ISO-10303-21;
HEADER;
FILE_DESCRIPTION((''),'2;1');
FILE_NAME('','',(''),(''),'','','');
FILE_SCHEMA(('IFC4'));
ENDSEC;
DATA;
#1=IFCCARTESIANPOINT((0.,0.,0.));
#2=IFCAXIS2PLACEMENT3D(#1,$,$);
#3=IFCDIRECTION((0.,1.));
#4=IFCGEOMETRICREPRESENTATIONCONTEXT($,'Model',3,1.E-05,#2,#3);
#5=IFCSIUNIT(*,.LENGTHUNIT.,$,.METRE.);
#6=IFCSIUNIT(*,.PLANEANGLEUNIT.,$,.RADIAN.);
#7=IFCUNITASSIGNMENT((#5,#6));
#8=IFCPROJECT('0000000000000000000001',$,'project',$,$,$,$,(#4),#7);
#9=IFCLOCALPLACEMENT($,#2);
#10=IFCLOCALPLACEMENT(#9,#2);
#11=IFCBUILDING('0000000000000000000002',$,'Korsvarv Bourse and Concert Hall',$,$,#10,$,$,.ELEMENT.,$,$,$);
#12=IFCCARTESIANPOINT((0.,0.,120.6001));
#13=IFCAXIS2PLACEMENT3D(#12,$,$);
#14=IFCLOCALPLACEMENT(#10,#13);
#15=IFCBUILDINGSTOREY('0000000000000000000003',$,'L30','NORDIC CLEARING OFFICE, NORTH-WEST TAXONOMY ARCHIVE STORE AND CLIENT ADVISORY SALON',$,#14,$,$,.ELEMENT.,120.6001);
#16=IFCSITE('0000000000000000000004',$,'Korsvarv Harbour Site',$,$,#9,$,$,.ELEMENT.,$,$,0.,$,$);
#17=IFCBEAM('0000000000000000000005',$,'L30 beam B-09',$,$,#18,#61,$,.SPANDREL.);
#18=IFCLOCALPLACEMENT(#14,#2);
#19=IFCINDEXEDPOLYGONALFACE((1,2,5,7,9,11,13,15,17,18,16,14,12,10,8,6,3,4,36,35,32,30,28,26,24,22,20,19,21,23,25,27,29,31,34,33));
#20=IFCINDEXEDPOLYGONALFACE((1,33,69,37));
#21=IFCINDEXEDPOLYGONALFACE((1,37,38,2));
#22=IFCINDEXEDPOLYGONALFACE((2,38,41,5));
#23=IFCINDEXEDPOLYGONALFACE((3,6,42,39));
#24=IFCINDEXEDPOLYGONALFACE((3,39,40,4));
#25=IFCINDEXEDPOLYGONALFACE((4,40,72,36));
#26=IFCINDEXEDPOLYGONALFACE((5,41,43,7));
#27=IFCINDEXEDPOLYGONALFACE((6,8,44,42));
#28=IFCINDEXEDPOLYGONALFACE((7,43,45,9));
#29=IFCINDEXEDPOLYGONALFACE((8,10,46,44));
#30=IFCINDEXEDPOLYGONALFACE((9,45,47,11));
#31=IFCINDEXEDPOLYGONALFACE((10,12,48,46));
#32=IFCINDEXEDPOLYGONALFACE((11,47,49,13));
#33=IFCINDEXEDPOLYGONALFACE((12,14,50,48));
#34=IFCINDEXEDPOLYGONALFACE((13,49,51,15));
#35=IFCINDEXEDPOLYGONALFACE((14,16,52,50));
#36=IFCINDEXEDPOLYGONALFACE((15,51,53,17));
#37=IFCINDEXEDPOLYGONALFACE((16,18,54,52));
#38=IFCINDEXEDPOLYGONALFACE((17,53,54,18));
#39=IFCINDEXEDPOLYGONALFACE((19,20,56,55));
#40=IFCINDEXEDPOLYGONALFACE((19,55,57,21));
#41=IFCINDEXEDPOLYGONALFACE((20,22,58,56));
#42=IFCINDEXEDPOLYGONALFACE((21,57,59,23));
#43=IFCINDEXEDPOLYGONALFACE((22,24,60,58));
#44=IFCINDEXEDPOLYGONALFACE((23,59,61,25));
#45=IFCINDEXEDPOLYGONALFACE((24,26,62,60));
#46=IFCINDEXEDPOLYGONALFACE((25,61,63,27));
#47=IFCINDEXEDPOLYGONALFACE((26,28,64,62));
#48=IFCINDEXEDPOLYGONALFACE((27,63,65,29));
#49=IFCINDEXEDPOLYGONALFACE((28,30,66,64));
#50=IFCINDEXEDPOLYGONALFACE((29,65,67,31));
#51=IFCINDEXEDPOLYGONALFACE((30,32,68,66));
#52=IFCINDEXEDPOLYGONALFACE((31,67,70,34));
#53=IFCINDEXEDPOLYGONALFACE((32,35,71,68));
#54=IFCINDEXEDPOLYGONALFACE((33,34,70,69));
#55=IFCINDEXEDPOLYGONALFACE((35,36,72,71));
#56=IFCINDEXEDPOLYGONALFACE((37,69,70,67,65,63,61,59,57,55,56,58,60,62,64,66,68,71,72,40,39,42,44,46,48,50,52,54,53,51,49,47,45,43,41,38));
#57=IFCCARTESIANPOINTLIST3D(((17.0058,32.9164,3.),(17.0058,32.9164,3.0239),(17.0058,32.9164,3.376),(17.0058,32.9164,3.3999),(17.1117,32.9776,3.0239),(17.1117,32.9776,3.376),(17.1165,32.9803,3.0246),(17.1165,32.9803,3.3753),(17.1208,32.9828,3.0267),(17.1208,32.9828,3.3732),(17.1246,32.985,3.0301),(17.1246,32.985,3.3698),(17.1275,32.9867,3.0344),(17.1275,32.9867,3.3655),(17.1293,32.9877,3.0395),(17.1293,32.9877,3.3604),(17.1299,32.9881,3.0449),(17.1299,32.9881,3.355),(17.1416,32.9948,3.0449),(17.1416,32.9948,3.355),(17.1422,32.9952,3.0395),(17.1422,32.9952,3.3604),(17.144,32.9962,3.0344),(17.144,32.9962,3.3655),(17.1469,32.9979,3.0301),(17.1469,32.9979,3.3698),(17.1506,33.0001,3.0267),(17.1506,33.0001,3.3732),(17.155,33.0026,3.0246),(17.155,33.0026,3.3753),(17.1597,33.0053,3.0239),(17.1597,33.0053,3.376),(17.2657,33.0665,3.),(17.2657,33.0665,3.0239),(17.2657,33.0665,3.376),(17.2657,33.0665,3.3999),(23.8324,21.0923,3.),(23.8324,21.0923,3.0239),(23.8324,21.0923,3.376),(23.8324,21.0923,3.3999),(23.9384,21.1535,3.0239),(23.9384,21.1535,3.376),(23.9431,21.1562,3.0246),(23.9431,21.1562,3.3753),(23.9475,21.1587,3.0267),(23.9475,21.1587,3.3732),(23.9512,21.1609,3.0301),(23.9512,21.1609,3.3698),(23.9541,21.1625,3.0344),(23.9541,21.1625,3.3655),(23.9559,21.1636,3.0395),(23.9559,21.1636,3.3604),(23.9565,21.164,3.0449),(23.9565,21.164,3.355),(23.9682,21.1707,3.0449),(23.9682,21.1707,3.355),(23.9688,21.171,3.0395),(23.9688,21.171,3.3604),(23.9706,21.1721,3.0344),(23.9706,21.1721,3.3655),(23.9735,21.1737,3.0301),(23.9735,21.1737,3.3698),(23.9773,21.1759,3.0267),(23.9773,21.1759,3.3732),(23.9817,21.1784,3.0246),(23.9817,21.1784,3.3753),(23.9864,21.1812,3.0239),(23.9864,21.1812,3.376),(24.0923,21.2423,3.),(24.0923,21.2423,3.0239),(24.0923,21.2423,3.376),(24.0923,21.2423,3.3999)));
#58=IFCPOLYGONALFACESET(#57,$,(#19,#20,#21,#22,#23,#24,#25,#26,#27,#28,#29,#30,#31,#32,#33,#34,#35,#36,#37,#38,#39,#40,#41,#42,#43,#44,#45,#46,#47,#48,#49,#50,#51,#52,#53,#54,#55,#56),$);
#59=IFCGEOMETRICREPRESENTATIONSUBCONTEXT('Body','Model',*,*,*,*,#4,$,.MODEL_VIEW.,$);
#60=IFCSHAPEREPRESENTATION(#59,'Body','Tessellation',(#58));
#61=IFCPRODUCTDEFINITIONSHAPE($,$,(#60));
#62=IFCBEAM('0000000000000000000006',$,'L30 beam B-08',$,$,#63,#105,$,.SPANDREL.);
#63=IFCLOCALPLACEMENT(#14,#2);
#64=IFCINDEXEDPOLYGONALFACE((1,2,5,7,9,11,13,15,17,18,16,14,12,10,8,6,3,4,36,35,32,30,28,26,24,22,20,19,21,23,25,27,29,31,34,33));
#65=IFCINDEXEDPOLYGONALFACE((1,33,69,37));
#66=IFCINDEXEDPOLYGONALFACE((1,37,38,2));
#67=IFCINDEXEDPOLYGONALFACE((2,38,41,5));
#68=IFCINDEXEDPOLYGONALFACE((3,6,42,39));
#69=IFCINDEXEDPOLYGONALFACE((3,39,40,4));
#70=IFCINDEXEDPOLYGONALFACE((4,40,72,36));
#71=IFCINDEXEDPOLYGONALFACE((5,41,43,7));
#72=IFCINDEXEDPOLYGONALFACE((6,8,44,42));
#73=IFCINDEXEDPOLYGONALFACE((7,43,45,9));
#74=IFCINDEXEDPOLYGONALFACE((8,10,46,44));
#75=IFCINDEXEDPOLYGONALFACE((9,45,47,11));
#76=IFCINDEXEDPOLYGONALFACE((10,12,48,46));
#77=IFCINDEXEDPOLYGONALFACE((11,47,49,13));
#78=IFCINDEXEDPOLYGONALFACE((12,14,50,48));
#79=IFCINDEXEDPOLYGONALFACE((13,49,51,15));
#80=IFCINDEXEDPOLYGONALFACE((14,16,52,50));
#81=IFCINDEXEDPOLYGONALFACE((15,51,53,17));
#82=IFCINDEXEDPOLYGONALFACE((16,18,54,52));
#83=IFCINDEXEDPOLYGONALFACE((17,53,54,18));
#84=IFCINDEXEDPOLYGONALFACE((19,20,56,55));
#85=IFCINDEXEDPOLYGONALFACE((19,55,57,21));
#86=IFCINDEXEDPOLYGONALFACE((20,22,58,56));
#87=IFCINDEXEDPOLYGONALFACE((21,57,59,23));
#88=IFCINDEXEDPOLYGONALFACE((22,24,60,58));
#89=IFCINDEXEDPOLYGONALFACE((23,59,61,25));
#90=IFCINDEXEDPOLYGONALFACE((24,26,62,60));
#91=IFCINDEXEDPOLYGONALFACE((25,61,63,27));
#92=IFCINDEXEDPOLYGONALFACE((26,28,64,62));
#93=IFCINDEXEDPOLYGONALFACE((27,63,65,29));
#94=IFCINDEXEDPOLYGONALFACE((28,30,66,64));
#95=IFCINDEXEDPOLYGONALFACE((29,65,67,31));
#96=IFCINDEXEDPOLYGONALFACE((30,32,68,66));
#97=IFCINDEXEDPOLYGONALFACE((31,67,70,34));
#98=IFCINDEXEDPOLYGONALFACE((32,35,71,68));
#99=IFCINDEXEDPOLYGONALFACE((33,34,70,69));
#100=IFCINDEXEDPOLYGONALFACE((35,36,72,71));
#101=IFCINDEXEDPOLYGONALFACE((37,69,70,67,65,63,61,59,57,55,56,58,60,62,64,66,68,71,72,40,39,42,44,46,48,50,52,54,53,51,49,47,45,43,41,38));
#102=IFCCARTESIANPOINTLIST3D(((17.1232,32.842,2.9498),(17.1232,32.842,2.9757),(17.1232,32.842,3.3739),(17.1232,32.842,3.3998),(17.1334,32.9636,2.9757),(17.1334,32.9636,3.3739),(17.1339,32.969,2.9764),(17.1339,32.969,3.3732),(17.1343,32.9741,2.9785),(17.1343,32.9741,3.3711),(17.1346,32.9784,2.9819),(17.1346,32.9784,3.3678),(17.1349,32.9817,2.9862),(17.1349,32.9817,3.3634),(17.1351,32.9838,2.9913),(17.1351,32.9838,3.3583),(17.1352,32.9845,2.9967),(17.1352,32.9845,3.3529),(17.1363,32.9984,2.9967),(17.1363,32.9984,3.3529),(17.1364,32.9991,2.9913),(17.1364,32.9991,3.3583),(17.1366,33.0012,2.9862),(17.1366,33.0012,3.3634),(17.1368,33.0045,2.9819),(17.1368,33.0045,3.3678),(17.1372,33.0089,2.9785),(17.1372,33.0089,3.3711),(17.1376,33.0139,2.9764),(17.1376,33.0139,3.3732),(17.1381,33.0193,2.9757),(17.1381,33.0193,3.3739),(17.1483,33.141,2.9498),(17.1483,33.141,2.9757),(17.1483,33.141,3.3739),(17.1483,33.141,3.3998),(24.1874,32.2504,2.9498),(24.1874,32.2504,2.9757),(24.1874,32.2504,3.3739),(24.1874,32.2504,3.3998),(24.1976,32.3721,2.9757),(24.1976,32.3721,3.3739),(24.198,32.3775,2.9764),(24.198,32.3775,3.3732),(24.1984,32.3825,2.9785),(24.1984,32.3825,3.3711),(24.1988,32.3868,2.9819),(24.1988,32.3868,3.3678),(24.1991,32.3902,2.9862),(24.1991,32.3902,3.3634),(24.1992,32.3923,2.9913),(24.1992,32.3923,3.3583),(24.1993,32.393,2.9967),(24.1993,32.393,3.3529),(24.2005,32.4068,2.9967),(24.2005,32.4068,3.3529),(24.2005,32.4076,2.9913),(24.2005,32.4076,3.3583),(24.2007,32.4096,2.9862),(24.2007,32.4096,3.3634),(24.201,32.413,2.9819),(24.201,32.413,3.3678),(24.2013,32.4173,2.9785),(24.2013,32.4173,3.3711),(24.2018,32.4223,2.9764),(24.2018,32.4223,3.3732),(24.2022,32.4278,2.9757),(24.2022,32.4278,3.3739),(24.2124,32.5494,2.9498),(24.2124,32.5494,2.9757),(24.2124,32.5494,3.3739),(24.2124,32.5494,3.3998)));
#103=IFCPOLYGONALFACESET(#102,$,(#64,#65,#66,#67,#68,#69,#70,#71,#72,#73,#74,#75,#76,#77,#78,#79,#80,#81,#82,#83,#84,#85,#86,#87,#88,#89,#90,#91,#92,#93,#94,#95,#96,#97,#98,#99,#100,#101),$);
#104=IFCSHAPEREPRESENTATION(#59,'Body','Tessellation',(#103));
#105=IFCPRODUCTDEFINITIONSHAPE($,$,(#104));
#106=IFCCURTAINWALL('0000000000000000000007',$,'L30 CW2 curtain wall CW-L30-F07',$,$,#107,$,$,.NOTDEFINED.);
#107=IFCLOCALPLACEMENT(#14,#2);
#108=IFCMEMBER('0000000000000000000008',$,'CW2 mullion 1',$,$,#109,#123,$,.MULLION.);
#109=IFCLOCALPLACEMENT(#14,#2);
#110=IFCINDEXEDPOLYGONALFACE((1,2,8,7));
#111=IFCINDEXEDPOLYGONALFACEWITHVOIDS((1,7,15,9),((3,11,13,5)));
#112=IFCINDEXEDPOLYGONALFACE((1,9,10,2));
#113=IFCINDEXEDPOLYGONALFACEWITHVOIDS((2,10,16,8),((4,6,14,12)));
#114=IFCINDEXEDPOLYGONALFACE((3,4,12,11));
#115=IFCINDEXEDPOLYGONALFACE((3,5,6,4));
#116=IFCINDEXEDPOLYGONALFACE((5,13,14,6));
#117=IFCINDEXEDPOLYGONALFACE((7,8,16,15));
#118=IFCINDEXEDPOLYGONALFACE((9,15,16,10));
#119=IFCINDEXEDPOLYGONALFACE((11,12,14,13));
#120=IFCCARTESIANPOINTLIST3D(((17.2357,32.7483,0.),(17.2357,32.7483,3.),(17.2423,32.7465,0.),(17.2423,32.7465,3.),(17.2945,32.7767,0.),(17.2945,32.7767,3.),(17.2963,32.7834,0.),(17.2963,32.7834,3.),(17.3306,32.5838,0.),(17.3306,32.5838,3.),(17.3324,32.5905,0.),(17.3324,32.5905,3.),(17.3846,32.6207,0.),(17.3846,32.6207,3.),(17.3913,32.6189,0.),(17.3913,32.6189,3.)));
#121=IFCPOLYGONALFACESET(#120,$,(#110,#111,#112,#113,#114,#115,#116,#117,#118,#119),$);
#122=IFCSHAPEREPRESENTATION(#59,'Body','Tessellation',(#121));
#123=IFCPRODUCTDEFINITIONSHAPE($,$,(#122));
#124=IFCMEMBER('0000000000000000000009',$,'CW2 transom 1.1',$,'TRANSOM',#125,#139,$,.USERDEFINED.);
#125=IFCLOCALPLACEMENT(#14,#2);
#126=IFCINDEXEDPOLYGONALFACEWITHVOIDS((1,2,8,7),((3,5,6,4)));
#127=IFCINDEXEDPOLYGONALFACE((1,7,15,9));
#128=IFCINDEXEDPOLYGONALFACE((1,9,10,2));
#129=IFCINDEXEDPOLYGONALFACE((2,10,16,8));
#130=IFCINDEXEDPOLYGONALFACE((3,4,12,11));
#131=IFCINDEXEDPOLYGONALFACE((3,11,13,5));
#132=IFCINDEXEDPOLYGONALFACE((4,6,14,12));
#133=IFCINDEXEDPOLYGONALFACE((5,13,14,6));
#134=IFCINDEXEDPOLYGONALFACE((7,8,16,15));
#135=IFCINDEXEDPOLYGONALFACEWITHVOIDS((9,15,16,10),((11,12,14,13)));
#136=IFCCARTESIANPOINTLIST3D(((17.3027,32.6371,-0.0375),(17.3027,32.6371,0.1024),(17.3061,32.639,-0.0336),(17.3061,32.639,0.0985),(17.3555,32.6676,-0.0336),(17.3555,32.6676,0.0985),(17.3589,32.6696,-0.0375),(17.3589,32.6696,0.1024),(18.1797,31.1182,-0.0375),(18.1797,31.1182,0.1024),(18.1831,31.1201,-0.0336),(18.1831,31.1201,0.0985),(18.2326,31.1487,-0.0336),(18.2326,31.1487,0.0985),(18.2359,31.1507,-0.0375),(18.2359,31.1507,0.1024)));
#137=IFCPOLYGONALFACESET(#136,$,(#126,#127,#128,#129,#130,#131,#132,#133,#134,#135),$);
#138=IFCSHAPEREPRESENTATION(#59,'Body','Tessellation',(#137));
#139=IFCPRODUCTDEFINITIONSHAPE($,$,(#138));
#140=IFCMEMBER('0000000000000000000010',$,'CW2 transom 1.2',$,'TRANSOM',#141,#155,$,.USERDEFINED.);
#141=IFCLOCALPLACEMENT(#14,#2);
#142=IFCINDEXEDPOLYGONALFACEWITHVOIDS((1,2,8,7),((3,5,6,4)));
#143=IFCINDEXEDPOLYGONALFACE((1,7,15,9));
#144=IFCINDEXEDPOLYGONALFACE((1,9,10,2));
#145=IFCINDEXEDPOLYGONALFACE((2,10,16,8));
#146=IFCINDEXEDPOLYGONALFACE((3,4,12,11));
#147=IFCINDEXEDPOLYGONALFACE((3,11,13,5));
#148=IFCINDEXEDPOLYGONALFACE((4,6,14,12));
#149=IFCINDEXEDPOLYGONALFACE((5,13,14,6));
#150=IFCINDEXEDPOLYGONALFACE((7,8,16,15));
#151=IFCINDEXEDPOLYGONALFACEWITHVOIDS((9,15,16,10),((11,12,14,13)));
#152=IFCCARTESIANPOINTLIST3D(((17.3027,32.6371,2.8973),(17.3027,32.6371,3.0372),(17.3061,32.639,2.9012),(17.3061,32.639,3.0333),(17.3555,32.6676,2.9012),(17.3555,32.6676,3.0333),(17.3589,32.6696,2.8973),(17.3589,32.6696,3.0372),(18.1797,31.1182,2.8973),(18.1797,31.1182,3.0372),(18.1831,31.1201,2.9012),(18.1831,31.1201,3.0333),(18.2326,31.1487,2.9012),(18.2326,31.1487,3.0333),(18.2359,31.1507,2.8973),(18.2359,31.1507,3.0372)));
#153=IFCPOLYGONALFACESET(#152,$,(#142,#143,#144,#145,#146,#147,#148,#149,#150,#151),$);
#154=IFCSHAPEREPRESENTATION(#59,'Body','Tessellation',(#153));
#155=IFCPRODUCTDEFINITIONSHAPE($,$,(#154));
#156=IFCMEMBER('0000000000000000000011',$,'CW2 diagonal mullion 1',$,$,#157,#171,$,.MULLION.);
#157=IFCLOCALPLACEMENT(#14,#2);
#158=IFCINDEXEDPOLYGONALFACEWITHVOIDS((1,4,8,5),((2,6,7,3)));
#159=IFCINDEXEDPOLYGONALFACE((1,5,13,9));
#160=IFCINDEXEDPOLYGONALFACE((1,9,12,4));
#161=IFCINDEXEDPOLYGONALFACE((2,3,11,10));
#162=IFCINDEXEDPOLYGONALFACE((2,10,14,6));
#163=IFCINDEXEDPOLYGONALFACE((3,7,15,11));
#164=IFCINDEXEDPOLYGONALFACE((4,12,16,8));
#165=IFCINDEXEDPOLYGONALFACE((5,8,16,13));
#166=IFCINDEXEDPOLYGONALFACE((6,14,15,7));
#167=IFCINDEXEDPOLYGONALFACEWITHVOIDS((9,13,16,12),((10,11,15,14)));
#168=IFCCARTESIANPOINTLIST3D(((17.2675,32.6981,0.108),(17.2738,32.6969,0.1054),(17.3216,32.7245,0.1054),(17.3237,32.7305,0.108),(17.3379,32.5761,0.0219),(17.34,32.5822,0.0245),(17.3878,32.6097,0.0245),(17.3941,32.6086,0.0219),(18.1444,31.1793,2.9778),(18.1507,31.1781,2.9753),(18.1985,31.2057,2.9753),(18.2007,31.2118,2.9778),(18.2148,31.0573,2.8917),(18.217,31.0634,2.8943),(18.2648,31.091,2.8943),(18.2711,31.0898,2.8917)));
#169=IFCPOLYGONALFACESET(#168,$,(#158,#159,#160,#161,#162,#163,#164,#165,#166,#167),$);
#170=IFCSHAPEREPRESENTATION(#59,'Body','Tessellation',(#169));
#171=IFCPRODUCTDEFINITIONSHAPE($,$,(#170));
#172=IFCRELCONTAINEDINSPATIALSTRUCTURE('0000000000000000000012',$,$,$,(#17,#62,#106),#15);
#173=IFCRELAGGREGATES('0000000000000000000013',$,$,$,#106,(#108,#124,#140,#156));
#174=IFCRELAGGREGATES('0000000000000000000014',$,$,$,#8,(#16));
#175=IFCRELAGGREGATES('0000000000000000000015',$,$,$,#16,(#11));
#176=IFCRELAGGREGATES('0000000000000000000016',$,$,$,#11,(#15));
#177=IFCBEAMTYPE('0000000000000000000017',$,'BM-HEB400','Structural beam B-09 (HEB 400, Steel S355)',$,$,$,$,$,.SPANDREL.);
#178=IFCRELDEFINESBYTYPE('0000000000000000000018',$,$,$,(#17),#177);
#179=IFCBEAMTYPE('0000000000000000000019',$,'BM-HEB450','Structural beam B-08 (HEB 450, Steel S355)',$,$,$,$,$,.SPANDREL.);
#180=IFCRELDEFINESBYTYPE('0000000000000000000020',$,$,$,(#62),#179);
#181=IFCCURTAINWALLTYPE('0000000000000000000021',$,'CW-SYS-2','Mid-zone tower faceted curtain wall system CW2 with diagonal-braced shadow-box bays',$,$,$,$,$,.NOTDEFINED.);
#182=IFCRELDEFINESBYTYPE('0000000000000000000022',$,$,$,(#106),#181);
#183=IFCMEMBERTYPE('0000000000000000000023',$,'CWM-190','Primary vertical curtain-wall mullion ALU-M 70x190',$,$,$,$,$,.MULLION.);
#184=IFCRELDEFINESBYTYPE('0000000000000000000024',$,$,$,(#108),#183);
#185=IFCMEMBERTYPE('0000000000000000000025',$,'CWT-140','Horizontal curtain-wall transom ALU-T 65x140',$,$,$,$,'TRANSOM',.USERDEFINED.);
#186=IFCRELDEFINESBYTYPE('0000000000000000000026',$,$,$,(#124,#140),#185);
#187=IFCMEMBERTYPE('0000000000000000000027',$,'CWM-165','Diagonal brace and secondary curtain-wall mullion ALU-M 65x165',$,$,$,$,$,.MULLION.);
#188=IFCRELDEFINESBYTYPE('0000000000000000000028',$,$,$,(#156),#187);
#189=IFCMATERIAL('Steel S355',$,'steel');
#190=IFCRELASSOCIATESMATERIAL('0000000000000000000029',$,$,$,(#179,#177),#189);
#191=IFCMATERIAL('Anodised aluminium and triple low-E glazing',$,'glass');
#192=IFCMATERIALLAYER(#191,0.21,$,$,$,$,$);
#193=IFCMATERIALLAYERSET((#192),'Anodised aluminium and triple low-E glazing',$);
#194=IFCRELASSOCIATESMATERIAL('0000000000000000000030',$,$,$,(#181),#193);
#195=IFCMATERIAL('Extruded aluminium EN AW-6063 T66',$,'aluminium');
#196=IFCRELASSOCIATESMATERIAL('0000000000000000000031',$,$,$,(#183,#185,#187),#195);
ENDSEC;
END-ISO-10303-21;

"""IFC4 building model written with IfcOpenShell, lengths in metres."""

from ifc_helpers import new_model, si_unit, direction, frame, origin, origin_2d, place, context, subcontext, project, spatial, hollow_rectangle, i_section, extrude, source, transform, mapped, material, layer, layer_set, material_profile, profile_set, type_object, element, aggregate, save


model = new_model("IFC4")

# Units and contexts
model_context = context("Model", 3, precision=1e-05, world=origin(), true_north=direction((0.0, 1.0)))
body_context = subcontext(model_context, "Body", "Model", "MODEL_VIEW")
ifc_project = project(units=[si_unit("LENGTHUNIT", "METRE"), si_unit("PLANEANGLEUNIT", "RADIAN")], contexts=[model_context])

# Site, building, storey
site_placement = place(None, origin())
site = spatial("IfcSite", under=ifc_project, at=site_placement, Name="Korsvarv Harbour Site", CompositionType="ELEMENT", RefElevation=0.0)
building_placement = place(site_placement, origin())
building = spatial("IfcBuilding", under=site, at=building_placement, Name="Korsvarv Bourse and Concert Hall", CompositionType="ELEMENT")
storey_placement = place(building_placement, frame((0.0, 0.0, 120.6001)))
storey = spatial("IfcBuildingStorey", under=building, at=storey_placement, Name="L30", Description="NORDIC CLEARING OFFICE, NORTH-WEST TAXONOMY ARCHIVE STORE AND CLIENT ADVISORY SALON", CompositionType="ELEMENT", Elevation=120.6001)

# Beams
ifc_material_1 = material(Name="Steel S355", Category="steel")
ifc_material_profile_1 = material_profile(ifc_material_1, i_section(OverallWidth=0.3, OverallDepth=0.45, WebThickness=0.0139, FlangeThickness=0.0259, FilletRadius=0.021, at=origin_2d()), Name="HEB 450")
ifc_profile_set_1 = profile_set([ifc_material_profile_1], Name="Steel S355")
beam_type_1 = type_object("IfcBeamType", Name="BM-HEB450", Description="Structural beam B-08 (HEB 450, Steel S355)", PredefinedType="SPANDREL", material=ifc_profile_set_1)
ifc_material_profile_2 = material_profile(ifc_material_1, i_section(OverallWidth=0.3, OverallDepth=0.3999, WebThickness=0.0134, FlangeThickness=0.0239, FilletRadius=0.021, at=origin_2d()), Name="HEB 400")
ifc_profile_set_2 = profile_set([ifc_material_profile_2], Name="Steel S355")
beam_type_2 = type_object("IfcBeamType", Name="BM-HEB400", Description="Structural beam B-09 (HEB 400, Steel S355)", PredefinedType="SPANDREL", material=ifc_profile_set_2)
shared_shape_1 = source(origin(), body_context, "Body", "SweptSolid", [
    extrude(i_section(OverallWidth=0.3, OverallDepth=0.3999, WebThickness=0.0134, FlangeThickness=0.0239, FilletRadius=0.021, at=origin_2d()), origin(), (0.0, 0.0, 1.0), 13.6533),
])
beam_1_placement = place(storey_placement, frame((17.1357, 32.9915, 3.2), z_axis=(0.499997, -0.866027, 0.0), x_axis=(0.866027, 0.499997, 0.0)))
element("IfcBeam", 1, at=beam_1_placement, inside=storey, type_object=beam_type_2, Name="L30 beam B-09", PredefinedType="SPANDREL", context=body_context, shape_type="MappedRepresentation", body=[
    mapped(shared_shape_1, transform((0.0, 0.0, 0.0), scale=1.0)),
])
shared_shape_2 = source(origin(), body_context, "Body", "SweptSolid", [
    extrude(i_section(OverallWidth=0.3, OverallDepth=0.45, WebThickness=0.0139, FlangeThickness=0.0259, FilletRadius=0.021, at=origin_2d()), origin(), (0.0, 0.0, 1.0), 7.0889),
])
beam_2_placement = place(storey_placement, frame((17.1357, 32.9915, 3.1748), z_axis=(0.996512, -0.083447, 0.0), x_axis=(0.083447, 0.996512, 0.0)))
element("IfcBeam", 2, at=beam_2_placement, inside=storey, type_object=beam_type_1, Name="L30 beam B-08", PredefinedType="SPANDREL", context=body_context, shape_type="MappedRepresentation", body=[
    mapped(shared_shape_2, transform((0.0, 0.0, 0.0), scale=1.0)),
])

# Curtain wall, members
ifc_material_2 = material(Name="Anodised aluminium and triple low-E glazing", Category="glass")
ifc_layer_1 = layer(ifc_material_2, 0.21)
ifc_layer_set_1 = layer_set([ifc_layer_1], Name="Anodised aluminium and triple low-E glazing")
curtain_wall_type = type_object("IfcCurtainWallType", Name="CW-SYS-2", Description="Mid-zone tower faceted curtain wall system CW2 with diagonal-braced shadow-box bays", PredefinedType="NOTDEFINED", material=ifc_layer_set_1)
curtain_wall_placement = place(storey_placement, origin())
curtain_wall = element("IfcCurtainWall", 3, at=curtain_wall_placement, inside=storey, type_object=curtain_wall_type, Name="L30 CW2 curtain wall CW-L30-F07", PredefinedType="NOTDEFINED")
ifc_material_3 = material(Name="Extruded aluminium EN AW-6063 T66", Category="aluminium")
ifc_material_profile_3 = material_profile(ifc_material_3, hollow_rectangle(XDim=0.0701, YDim=0.1899, WallThickness=0.0049, at=origin_2d()), Name="ALU-M 70x190")
ifc_profile_set_3 = profile_set([ifc_material_profile_3], Name="Extruded aluminium EN AW-6063 T66")
member_type_1 = type_object("IfcMemberType", Name="CWM-190", Description="Primary vertical curtain-wall mullion ALU-M 70x190", PredefinedType="MULLION", material=ifc_profile_set_3)
shared_shape_3 = source(origin(), body_context, "Body", "SweptSolid", [
    extrude(hollow_rectangle(XDim=0.0701, YDim=0.1899, WallThickness=0.0049, at=origin_2d()), origin(), (0.0, 0.0, 1.0), 3.0),
])
member_1_placement = place(storey_placement, frame((17.3135, 32.6836, 0.0), z_axis=(0.0, 0.0, 1.0), x_axis=(0.866021, 0.500007, 0.0)))
member_1 = element("IfcMember", 4, at=member_1_placement, type_object=member_type_1, Name="CW2 mullion 1", PredefinedType="MULLION", context=body_context, shape_type="MappedRepresentation", body=[
    mapped(shared_shape_3, transform((0.0, 0.0, 0.0), scale=1.0)),
])
ifc_material_profile_4 = material_profile(ifc_material_3, hollow_rectangle(XDim=0.0649, YDim=0.1399, WallThickness=0.0039, at=origin_2d()), Name="ALU-T 65x140")
ifc_profile_set_4 = profile_set([ifc_material_profile_4], Name="Extruded aluminium EN AW-6063 T66")
member_type_2 = type_object("IfcMemberType", Name="CWT-140", Description="Horizontal curtain-wall transom ALU-T 65x140", ElementType="TRANSOM", PredefinedType="USERDEFINED", material=ifc_profile_set_4)
shared_shape_4 = source(origin(), body_context, "Body", "SweptSolid", [
    extrude(hollow_rectangle(XDim=0.0649, YDim=0.1399, WallThickness=0.0039, at=origin_2d()), origin(), (0.0, 0.0, 1.0), 1.7539),
])
member_2_placement = place(storey_placement, frame((17.3308, 32.6533, 0.0325), z_axis=(0.500032, -0.866007, 0.0), x_axis=(0.866007, 0.500032, 0.0)))
member_2 = element("IfcMember", 5, at=member_2_placement, type_object=member_type_2, Name="CW2 transom 1.1", ObjectType="TRANSOM", PredefinedType="USERDEFINED", context=body_context, shape_type="MappedRepresentation", body=[
    mapped(shared_shape_4, transform((0.0, 0.0, 0.0), scale=1.0)),
])
member_3_placement = place(storey_placement, frame((17.3308, 32.6533, 2.9673), z_axis=(0.500032, -0.866007, 0.0), x_axis=(0.866007, 0.500032, 0.0)))
member_3 = element("IfcMember", 6, at=member_3_placement, type_object=member_type_2, Name="CW2 transom 1.2", ObjectType="TRANSOM", PredefinedType="USERDEFINED", context=body_context, shape_type="MappedRepresentation", body=[
    mapped(shared_shape_4, transform((0.0, 0.0, 0.0), scale=1.0)),
])
ifc_material_profile_5 = material_profile(ifc_material_3, hollow_rectangle(XDim=0.0649, YDim=0.165, WallThickness=0.0049, at=origin_2d()), Name="ALU-M 65x165")
ifc_profile_set_5 = profile_set([ifc_material_profile_5], Name="Extruded aluminium EN AW-6063 T66")
member_type_3 = type_object("IfcMemberType", Name="CWM-165", Description="Diagonal brace and secondary curtain-wall mullion ALU-M 65x165", PredefinedType="MULLION", material=ifc_profile_set_5)
shared_shape_5 = source(origin(), body_context, "Body", "SweptSolid", [
    extrude(hollow_rectangle(XDim=0.0649, YDim=0.165, WallThickness=0.0049, at=origin_2d()), origin(), (0.0, 0.0, 1.0), 3.3633),
])
member_4_placement = place(storey_placement, frame((17.3308, 32.6533, 0.0649), z_axis=(0.26074, -0.451576, 0.853284), x_axis=(0.866007, 0.500032, 0.0)))
member_4 = element("IfcMember", 7, at=member_4_placement, type_object=member_type_3, Name="CW2 diagonal mullion 1", PredefinedType="MULLION", context=body_context, shape_type="MappedRepresentation", body=[
    mapped(shared_shape_5, transform((0.0, 0.0, 0.0), scale=1.0)),
])
aggregate(curtain_wall, [member_1, member_2, member_3, member_4])

save(model, "model.ifc")
